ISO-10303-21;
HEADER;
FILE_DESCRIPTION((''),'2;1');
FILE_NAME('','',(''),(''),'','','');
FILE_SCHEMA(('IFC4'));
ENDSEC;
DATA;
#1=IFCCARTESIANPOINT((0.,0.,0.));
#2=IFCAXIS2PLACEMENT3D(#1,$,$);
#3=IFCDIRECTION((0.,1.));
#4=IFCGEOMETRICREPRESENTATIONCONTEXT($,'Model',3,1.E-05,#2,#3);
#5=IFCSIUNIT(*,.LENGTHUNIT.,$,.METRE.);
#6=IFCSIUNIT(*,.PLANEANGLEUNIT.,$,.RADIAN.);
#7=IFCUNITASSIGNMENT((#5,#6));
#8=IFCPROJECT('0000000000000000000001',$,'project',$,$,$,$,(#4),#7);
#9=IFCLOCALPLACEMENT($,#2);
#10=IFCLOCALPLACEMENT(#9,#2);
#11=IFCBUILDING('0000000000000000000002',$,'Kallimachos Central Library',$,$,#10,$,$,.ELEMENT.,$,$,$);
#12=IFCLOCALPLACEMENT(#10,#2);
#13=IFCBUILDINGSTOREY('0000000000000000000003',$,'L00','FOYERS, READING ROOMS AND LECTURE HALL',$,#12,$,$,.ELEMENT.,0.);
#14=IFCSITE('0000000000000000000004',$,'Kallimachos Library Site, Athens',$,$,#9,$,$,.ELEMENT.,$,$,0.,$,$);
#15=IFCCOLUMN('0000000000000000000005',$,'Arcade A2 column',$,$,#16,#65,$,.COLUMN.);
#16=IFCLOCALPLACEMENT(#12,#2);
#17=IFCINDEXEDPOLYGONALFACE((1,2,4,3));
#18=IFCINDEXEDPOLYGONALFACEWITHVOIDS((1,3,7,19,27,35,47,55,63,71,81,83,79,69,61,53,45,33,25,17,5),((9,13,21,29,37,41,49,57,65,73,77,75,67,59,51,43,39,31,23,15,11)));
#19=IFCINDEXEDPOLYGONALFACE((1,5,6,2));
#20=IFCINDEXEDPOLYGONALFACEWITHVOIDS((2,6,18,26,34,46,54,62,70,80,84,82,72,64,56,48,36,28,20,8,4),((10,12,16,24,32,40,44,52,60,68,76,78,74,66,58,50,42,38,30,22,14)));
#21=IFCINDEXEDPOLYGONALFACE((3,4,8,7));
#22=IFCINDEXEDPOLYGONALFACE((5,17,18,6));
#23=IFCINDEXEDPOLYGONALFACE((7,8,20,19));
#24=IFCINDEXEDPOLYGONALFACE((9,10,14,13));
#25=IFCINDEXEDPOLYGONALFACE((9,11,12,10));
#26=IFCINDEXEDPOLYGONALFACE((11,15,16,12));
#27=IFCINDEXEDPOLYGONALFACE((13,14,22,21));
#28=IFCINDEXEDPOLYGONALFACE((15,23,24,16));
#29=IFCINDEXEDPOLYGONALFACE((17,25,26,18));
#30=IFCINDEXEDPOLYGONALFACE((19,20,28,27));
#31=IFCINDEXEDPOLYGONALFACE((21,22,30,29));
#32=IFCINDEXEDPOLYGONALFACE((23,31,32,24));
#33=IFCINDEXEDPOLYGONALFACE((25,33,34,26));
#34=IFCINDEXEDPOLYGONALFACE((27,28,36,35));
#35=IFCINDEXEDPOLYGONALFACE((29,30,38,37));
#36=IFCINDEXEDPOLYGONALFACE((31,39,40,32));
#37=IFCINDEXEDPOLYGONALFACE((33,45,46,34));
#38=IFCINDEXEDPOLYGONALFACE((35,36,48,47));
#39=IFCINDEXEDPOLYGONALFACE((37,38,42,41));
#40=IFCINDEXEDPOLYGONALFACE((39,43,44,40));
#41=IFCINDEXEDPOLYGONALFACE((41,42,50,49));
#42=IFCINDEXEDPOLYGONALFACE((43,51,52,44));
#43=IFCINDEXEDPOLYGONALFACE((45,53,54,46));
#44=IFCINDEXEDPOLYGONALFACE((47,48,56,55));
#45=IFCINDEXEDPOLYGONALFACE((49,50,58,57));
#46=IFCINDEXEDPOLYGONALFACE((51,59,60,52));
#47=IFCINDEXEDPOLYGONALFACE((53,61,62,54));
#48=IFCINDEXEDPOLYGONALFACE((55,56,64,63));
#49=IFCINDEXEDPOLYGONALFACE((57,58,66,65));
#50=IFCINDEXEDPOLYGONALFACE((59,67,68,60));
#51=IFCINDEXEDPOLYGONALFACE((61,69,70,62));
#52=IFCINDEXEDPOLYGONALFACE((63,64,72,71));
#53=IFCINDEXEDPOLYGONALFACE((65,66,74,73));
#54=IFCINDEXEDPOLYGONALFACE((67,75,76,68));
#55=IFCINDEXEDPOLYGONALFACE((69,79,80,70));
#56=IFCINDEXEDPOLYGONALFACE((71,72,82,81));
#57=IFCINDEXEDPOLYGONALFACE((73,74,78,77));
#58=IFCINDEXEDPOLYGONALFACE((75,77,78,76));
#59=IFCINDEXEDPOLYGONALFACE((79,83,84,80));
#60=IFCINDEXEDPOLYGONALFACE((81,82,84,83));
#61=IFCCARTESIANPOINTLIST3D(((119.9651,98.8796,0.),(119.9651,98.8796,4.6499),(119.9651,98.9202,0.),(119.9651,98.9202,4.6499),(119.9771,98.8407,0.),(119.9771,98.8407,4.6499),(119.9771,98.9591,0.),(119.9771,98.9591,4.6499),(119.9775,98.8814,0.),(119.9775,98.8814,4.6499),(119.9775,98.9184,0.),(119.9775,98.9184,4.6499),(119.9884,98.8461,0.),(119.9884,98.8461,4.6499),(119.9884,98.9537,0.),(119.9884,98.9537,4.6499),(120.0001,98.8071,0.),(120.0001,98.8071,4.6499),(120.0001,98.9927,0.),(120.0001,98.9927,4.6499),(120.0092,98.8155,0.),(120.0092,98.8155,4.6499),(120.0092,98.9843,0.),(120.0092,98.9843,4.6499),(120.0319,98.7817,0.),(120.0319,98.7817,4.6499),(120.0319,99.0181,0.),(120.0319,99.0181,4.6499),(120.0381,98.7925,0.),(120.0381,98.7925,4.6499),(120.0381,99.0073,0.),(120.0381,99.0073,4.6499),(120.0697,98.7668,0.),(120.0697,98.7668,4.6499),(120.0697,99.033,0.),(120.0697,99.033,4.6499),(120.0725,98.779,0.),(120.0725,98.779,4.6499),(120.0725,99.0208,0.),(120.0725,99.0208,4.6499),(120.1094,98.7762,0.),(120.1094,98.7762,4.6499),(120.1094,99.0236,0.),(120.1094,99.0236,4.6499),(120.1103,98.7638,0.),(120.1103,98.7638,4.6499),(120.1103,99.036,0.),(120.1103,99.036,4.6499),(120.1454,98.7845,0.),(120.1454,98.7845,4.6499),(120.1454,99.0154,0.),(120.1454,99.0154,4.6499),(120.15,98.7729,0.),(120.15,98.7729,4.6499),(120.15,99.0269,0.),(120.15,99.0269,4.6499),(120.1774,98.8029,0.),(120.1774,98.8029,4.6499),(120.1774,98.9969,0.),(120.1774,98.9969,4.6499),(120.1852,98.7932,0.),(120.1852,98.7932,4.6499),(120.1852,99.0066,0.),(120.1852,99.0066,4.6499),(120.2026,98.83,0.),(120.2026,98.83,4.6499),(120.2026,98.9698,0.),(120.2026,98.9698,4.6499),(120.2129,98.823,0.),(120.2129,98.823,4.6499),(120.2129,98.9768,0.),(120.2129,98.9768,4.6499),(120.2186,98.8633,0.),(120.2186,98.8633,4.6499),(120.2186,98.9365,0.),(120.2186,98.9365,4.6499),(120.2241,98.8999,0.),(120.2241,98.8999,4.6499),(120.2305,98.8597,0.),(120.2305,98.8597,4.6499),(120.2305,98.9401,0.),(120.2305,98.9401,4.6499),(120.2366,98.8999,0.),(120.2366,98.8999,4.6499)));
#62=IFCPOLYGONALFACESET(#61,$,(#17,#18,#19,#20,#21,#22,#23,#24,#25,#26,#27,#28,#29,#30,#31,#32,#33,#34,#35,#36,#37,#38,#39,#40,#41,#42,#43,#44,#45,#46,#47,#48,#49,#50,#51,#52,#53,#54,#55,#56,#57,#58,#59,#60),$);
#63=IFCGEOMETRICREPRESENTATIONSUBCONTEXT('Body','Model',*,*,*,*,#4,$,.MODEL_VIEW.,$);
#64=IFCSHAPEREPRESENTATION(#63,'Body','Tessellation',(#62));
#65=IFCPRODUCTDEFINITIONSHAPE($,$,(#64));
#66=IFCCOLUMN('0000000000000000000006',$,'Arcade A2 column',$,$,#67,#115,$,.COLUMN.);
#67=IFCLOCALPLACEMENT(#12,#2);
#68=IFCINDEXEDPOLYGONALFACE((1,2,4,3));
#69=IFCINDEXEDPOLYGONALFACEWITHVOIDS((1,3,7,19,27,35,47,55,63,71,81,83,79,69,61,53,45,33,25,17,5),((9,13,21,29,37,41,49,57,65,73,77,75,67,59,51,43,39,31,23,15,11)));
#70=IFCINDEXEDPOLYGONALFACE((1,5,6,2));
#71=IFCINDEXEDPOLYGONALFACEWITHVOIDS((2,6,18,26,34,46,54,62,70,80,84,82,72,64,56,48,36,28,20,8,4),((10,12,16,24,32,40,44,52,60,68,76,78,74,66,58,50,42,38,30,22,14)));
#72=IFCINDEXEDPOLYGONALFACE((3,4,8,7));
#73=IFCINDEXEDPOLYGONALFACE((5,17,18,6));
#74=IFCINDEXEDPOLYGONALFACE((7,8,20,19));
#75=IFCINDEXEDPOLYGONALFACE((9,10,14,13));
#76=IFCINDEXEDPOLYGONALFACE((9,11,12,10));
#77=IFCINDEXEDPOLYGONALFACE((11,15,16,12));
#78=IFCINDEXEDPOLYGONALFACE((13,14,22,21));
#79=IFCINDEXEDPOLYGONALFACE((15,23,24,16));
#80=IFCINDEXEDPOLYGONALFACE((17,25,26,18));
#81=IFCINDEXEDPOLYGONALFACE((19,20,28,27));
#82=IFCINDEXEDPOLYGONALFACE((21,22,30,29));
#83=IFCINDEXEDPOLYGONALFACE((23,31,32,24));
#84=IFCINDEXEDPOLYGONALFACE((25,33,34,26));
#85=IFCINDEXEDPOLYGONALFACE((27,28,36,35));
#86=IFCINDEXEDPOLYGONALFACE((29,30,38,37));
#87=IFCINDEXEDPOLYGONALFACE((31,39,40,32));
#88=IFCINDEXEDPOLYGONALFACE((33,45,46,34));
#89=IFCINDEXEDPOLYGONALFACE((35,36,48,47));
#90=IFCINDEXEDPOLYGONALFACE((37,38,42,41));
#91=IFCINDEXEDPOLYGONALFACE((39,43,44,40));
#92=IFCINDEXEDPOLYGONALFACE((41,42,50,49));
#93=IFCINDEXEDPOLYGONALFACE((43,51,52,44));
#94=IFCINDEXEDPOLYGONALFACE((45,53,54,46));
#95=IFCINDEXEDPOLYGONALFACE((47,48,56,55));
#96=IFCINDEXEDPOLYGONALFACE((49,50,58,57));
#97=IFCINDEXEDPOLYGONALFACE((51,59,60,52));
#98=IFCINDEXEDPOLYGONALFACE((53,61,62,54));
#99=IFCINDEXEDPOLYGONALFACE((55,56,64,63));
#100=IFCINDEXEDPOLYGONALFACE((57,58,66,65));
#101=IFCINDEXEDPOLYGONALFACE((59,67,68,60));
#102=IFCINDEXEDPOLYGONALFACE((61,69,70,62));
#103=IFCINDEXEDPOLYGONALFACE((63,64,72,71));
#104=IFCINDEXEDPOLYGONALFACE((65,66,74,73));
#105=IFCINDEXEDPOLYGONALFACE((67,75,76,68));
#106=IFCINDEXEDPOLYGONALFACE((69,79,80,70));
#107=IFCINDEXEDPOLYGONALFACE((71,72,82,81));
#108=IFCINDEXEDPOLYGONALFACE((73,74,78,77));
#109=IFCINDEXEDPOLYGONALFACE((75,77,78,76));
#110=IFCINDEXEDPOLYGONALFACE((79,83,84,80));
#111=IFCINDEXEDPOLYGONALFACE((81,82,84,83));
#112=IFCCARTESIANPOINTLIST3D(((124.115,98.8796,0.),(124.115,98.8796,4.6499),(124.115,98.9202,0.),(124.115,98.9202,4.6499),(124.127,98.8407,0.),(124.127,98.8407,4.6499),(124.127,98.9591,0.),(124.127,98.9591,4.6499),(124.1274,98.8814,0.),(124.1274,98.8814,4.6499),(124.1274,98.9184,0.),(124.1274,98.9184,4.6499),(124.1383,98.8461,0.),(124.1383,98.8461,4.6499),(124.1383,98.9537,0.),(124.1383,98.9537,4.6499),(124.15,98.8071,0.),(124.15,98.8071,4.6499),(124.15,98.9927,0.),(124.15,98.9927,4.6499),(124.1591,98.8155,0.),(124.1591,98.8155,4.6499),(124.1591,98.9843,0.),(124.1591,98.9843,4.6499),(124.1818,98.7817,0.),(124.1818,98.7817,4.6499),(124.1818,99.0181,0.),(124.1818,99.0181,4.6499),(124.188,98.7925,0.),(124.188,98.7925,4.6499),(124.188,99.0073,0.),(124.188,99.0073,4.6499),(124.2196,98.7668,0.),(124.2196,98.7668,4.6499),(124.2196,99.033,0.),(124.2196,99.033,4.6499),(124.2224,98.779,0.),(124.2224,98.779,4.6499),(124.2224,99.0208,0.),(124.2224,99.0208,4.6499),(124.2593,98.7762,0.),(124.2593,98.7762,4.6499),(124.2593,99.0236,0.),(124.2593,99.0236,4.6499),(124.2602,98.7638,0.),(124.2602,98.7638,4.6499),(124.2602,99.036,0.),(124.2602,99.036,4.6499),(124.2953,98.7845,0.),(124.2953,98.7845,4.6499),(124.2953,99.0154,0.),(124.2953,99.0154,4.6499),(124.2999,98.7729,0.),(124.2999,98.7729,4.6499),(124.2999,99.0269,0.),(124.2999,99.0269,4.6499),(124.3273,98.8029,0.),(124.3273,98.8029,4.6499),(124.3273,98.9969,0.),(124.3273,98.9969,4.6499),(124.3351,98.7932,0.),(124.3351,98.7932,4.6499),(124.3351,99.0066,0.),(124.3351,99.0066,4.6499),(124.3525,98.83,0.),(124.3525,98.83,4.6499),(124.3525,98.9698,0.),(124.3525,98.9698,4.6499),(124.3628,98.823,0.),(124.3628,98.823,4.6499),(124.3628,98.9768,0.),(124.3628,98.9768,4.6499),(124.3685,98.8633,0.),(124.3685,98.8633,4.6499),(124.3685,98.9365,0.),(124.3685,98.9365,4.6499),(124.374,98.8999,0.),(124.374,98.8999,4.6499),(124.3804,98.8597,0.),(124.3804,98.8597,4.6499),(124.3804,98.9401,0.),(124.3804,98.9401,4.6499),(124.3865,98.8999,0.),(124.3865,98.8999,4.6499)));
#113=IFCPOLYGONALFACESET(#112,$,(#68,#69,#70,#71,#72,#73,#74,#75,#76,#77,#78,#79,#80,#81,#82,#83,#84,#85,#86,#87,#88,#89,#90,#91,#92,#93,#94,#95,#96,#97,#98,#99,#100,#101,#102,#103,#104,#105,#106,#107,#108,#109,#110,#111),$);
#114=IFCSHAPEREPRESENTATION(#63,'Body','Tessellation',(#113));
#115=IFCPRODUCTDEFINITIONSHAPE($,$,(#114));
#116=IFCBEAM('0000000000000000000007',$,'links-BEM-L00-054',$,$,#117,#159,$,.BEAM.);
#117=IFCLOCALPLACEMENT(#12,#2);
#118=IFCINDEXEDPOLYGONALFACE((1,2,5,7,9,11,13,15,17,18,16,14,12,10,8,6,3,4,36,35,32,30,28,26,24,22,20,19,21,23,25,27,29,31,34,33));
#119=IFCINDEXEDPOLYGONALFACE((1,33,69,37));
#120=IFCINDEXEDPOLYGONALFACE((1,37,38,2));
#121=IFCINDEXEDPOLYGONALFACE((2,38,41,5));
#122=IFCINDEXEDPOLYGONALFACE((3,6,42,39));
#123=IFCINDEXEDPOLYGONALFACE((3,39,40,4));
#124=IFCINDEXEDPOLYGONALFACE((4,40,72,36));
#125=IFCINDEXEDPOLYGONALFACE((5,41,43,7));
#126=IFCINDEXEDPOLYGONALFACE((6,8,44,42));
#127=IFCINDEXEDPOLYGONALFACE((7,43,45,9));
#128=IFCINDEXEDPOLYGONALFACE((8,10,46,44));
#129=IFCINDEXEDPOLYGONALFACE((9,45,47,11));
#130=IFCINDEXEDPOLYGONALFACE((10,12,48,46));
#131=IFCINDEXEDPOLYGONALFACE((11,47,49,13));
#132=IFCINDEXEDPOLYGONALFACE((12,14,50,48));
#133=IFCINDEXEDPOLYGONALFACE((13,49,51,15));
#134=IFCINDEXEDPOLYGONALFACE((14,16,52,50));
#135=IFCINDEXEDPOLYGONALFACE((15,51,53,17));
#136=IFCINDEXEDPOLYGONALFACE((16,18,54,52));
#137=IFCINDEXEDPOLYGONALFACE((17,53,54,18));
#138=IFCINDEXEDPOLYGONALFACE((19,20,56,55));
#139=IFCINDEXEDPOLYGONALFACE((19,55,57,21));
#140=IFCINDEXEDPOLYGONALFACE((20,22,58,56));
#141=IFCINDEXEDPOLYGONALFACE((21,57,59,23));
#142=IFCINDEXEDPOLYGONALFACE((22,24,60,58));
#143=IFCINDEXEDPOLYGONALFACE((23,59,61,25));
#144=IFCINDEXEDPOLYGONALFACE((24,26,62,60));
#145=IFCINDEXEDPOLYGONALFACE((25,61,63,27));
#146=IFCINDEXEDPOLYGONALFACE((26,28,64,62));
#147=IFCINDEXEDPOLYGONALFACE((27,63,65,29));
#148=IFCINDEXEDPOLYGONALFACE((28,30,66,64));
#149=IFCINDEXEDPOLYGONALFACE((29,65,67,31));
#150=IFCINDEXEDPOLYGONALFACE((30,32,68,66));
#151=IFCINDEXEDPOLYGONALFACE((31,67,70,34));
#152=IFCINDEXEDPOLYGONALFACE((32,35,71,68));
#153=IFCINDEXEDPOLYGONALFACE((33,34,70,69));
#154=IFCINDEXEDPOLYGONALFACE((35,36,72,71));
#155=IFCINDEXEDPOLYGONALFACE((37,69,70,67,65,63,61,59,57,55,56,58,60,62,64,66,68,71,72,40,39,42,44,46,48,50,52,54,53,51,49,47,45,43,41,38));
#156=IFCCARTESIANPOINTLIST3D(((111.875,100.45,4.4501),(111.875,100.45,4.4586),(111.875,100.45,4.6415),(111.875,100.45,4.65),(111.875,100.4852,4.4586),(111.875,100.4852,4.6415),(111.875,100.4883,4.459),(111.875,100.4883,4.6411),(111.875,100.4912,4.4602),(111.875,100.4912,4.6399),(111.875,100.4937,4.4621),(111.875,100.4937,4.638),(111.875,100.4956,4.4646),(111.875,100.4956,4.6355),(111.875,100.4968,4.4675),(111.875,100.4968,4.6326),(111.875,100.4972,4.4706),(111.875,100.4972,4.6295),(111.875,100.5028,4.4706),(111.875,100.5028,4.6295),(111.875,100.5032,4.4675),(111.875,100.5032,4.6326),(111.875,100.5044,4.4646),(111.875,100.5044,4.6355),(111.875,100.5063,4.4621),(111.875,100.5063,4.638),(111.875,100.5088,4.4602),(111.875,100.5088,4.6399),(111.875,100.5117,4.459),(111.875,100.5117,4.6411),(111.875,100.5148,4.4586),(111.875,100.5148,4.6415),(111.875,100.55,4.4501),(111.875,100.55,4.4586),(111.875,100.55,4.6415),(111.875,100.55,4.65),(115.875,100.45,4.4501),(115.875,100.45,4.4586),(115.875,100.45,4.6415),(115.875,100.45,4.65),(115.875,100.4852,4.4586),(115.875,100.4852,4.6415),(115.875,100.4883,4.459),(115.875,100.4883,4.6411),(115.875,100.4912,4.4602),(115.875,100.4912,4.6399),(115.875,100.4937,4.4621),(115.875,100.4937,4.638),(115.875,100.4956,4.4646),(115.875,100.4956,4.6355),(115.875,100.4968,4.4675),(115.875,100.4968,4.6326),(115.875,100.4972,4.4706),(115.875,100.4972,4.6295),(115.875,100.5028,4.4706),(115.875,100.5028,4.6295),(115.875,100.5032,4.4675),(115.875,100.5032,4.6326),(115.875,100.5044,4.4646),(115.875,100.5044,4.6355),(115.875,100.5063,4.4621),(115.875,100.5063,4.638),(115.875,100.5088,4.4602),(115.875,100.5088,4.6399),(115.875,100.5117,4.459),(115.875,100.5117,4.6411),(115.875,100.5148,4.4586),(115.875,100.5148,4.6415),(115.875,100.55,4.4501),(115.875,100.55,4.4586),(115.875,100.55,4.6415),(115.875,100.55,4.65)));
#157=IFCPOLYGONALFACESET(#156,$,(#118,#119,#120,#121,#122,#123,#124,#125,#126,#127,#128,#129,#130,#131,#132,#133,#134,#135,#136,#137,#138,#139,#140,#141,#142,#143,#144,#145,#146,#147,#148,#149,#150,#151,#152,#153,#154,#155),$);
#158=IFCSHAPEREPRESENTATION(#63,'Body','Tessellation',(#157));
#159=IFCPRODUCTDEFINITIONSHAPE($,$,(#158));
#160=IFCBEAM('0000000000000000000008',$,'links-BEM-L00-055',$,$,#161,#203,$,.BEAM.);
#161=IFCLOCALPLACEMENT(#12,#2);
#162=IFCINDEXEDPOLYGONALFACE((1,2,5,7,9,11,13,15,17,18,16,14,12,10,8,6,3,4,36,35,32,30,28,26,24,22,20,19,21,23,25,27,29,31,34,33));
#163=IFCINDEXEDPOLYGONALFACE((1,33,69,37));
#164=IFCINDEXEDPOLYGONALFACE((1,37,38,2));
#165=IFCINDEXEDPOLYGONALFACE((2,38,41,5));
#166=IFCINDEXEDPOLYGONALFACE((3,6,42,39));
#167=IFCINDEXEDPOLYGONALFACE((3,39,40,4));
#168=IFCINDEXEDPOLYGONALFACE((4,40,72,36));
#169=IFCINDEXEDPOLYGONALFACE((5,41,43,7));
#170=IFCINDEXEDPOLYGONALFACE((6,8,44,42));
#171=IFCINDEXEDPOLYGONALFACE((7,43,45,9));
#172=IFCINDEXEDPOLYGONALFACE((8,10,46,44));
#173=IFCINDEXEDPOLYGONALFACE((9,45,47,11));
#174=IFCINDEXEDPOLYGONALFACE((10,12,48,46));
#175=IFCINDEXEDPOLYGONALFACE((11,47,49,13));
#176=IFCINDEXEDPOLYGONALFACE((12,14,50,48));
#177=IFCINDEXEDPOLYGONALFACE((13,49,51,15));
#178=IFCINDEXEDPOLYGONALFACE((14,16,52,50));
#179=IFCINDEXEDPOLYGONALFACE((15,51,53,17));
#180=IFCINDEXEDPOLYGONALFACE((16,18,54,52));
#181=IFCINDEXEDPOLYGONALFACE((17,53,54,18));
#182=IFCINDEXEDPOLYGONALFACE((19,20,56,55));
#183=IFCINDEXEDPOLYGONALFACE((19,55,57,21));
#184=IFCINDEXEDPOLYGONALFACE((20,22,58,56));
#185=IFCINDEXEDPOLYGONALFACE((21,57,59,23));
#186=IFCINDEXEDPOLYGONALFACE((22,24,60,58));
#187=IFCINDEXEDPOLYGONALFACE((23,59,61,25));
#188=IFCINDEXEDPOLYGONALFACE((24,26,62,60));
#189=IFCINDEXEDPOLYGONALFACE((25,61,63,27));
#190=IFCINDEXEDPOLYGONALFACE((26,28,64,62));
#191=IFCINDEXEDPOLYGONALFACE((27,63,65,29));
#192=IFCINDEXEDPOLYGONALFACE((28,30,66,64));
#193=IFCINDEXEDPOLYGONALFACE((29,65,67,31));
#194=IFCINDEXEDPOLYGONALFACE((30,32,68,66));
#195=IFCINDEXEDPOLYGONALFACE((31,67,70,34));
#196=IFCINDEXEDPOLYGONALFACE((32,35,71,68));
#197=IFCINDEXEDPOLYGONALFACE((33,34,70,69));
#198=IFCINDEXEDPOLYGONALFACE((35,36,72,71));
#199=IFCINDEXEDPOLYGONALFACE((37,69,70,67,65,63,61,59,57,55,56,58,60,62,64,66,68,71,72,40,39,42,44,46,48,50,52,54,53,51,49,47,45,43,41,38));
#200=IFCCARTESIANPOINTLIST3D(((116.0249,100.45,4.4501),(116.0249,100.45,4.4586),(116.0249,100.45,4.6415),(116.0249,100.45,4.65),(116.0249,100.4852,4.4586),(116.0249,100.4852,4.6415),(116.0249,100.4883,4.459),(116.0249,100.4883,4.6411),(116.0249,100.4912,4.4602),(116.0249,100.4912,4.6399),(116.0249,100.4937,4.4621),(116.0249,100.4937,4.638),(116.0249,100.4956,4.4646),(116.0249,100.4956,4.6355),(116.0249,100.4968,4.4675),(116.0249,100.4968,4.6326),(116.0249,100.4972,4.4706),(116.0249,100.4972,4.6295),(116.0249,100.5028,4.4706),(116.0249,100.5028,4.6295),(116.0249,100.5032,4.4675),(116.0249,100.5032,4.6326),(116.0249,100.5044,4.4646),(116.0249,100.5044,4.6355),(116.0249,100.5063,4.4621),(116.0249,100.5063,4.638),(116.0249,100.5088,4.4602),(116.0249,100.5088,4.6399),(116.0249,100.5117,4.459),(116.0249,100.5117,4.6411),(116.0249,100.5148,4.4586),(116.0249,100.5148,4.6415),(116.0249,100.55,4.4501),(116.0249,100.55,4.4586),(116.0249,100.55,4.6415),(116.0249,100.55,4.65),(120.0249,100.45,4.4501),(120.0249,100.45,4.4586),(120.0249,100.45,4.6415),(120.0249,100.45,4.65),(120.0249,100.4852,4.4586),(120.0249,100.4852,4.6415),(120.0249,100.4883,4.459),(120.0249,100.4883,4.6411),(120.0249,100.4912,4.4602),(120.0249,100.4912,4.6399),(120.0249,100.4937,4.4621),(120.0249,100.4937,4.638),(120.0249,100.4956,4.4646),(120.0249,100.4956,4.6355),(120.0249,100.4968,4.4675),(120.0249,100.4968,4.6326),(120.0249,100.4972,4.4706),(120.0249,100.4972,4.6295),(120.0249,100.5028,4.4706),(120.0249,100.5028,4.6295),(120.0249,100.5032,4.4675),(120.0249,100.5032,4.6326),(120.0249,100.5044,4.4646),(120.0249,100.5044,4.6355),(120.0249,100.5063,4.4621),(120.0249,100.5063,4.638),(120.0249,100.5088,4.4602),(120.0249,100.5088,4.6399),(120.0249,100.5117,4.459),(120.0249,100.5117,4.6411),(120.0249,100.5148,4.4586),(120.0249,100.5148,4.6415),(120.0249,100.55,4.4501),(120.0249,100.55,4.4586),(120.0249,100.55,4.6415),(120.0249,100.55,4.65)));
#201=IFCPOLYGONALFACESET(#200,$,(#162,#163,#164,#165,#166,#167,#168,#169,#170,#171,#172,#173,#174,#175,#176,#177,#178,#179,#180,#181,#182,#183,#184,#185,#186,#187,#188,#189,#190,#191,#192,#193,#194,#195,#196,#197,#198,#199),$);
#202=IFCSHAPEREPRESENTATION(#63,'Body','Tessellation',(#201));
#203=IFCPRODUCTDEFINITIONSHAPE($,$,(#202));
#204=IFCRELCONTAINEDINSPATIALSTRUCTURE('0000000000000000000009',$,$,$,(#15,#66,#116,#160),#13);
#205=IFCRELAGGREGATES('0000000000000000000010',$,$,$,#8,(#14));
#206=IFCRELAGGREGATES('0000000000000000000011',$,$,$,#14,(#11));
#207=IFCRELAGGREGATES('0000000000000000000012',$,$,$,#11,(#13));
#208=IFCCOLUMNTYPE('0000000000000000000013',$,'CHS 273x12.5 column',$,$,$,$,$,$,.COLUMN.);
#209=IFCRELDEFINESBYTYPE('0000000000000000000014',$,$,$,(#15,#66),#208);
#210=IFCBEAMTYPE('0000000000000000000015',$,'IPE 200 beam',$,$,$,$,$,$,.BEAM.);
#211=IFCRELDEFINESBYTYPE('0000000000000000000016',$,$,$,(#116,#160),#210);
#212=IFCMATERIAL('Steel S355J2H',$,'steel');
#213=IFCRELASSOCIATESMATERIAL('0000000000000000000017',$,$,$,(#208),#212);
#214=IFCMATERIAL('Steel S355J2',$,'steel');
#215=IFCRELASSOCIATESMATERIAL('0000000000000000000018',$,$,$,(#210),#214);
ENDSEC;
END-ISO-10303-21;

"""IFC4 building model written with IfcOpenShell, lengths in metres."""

from ifc_helpers import new_model, si_unit, direction, frame, origin, origin_2d, place, context, subcontext, project, spatial, hollow_circle, i_section, extrude, material, material_profile, profile_set, type_object, element, save


model = new_model("IFC4")

# Units and contexts
model_context = context("Model", 3, precision=1e-05, world=origin(), true_north=direction((0.0, 1.0)))
body_context = subcontext(model_context, "Body", "Model", "MODEL_VIEW")
ifc_project = project(units=[si_unit("LENGTHUNIT", "METRE"), si_unit("PLANEANGLEUNIT", "RADIAN")], contexts=[model_context])

# Site, building, storey
site_placement = place(None, origin())
site = spatial("IfcSite", under=ifc_project, at=site_placement, Name="Kallimachos Library Site, Athens", CompositionType="ELEMENT", RefElevation=0.0)
building_placement = place(site_placement, origin())
building = spatial("IfcBuilding", under=site, at=building_placement, Name="Kallimachos Central Library", CompositionType="ELEMENT")
storey_placement = place(building_placement, origin())
storey = spatial("IfcBuildingStorey", under=building, at=storey_placement, Name="L00", Description="FOYERS, READING ROOMS AND LECTURE HALL", CompositionType="ELEMENT", Elevation=0.0)

# Columns
ifc_material_1 = material(Name="Steel S355J2H", Category="steel")
ifc_material_profile_1 = material_profile(ifc_material_1, hollow_circle(Radius=0.1365, WallThickness=0.0125, at=origin_2d()), Name="CHS 273x12.5")
ifc_profile_set_1 = profile_set([ifc_material_profile_1], Name="Steel S355J2H")
column_type = type_object("IfcColumnType", Name="CHS 273x12.5 column", PredefinedType="COLUMN", material=ifc_profile_set_1)
for number, where, z_axis, x_axis, name in (
    (1, (120.1001, 98.8999, 0.0), (0.0, 0.0, 1.0), (1.0, 0.0, 0.0), "Arcade A2 column"),
    (2, (124.25, 98.8999, 0.0), (0.0, 0.0, 1.0), (1.0, 0.0, 0.0), "Arcade A2 column"),
):
    element("IfcColumn", number, at=place(storey_placement, frame(where, z_axis=z_axis, x_axis=x_axis)), inside=storey, type_object=column_type, Name=name, PredefinedType="COLUMN", context=body_context, shape_type="SweptSolid", body=[
        extrude(hollow_circle(Radius=0.1365, WallThickness=0.0125, at=origin_2d()), origin(), (0.0, 0.0, 1.0), 4.6499),
    ])

# Beams
ifc_material_2 = material(Name="Steel S355J2", Category="steel")
ifc_material_profile_2 = material_profile(ifc_material_2, i_section(OverallWidth=0.1001, OverallDepth=0.2, WebThickness=0.0056, FlangeThickness=0.0085, FilletRadius=0.012, at=origin_2d()), Name="IPE 200")
ifc_profile_set_2 = profile_set([ifc_material_profile_2], Name="Steel S355J2")
beam_type_1 = type_object("IfcBeamType", Name="IPE 200 beam", PredefinedType="BEAM", material=ifc_profile_set_2)
for number, where, z_axis, x_axis, name in (
    (3, (111.875, 100.5, 4.55), (1.0, 0.0, 0.0), (0.0, 1.0, 0.0), "links-BEM-L00-054"),
    (4, (116.0249, 100.5, 4.55), (1.0, 0.0, 0.0), (0.0, 1.0, 0.0), "links-BEM-L00-055"),
):
    element("IfcBeam", number, at=place(storey_placement, frame(where, z_axis=z_axis, x_axis=x_axis)), inside=storey, type_object=beam_type_1, Name=name, PredefinedType="BEAM", context=body_context, shape_type="SweptSolid", body=[
        extrude(i_section(OverallWidth=0.1001, OverallDepth=0.2, WebThickness=0.0056, FlangeThickness=0.0085, FilletRadius=0.012, at=origin_2d()), origin(), (0.0, 0.0, 1.0), 4.0),
    ])

save(model, "model.ifc")
